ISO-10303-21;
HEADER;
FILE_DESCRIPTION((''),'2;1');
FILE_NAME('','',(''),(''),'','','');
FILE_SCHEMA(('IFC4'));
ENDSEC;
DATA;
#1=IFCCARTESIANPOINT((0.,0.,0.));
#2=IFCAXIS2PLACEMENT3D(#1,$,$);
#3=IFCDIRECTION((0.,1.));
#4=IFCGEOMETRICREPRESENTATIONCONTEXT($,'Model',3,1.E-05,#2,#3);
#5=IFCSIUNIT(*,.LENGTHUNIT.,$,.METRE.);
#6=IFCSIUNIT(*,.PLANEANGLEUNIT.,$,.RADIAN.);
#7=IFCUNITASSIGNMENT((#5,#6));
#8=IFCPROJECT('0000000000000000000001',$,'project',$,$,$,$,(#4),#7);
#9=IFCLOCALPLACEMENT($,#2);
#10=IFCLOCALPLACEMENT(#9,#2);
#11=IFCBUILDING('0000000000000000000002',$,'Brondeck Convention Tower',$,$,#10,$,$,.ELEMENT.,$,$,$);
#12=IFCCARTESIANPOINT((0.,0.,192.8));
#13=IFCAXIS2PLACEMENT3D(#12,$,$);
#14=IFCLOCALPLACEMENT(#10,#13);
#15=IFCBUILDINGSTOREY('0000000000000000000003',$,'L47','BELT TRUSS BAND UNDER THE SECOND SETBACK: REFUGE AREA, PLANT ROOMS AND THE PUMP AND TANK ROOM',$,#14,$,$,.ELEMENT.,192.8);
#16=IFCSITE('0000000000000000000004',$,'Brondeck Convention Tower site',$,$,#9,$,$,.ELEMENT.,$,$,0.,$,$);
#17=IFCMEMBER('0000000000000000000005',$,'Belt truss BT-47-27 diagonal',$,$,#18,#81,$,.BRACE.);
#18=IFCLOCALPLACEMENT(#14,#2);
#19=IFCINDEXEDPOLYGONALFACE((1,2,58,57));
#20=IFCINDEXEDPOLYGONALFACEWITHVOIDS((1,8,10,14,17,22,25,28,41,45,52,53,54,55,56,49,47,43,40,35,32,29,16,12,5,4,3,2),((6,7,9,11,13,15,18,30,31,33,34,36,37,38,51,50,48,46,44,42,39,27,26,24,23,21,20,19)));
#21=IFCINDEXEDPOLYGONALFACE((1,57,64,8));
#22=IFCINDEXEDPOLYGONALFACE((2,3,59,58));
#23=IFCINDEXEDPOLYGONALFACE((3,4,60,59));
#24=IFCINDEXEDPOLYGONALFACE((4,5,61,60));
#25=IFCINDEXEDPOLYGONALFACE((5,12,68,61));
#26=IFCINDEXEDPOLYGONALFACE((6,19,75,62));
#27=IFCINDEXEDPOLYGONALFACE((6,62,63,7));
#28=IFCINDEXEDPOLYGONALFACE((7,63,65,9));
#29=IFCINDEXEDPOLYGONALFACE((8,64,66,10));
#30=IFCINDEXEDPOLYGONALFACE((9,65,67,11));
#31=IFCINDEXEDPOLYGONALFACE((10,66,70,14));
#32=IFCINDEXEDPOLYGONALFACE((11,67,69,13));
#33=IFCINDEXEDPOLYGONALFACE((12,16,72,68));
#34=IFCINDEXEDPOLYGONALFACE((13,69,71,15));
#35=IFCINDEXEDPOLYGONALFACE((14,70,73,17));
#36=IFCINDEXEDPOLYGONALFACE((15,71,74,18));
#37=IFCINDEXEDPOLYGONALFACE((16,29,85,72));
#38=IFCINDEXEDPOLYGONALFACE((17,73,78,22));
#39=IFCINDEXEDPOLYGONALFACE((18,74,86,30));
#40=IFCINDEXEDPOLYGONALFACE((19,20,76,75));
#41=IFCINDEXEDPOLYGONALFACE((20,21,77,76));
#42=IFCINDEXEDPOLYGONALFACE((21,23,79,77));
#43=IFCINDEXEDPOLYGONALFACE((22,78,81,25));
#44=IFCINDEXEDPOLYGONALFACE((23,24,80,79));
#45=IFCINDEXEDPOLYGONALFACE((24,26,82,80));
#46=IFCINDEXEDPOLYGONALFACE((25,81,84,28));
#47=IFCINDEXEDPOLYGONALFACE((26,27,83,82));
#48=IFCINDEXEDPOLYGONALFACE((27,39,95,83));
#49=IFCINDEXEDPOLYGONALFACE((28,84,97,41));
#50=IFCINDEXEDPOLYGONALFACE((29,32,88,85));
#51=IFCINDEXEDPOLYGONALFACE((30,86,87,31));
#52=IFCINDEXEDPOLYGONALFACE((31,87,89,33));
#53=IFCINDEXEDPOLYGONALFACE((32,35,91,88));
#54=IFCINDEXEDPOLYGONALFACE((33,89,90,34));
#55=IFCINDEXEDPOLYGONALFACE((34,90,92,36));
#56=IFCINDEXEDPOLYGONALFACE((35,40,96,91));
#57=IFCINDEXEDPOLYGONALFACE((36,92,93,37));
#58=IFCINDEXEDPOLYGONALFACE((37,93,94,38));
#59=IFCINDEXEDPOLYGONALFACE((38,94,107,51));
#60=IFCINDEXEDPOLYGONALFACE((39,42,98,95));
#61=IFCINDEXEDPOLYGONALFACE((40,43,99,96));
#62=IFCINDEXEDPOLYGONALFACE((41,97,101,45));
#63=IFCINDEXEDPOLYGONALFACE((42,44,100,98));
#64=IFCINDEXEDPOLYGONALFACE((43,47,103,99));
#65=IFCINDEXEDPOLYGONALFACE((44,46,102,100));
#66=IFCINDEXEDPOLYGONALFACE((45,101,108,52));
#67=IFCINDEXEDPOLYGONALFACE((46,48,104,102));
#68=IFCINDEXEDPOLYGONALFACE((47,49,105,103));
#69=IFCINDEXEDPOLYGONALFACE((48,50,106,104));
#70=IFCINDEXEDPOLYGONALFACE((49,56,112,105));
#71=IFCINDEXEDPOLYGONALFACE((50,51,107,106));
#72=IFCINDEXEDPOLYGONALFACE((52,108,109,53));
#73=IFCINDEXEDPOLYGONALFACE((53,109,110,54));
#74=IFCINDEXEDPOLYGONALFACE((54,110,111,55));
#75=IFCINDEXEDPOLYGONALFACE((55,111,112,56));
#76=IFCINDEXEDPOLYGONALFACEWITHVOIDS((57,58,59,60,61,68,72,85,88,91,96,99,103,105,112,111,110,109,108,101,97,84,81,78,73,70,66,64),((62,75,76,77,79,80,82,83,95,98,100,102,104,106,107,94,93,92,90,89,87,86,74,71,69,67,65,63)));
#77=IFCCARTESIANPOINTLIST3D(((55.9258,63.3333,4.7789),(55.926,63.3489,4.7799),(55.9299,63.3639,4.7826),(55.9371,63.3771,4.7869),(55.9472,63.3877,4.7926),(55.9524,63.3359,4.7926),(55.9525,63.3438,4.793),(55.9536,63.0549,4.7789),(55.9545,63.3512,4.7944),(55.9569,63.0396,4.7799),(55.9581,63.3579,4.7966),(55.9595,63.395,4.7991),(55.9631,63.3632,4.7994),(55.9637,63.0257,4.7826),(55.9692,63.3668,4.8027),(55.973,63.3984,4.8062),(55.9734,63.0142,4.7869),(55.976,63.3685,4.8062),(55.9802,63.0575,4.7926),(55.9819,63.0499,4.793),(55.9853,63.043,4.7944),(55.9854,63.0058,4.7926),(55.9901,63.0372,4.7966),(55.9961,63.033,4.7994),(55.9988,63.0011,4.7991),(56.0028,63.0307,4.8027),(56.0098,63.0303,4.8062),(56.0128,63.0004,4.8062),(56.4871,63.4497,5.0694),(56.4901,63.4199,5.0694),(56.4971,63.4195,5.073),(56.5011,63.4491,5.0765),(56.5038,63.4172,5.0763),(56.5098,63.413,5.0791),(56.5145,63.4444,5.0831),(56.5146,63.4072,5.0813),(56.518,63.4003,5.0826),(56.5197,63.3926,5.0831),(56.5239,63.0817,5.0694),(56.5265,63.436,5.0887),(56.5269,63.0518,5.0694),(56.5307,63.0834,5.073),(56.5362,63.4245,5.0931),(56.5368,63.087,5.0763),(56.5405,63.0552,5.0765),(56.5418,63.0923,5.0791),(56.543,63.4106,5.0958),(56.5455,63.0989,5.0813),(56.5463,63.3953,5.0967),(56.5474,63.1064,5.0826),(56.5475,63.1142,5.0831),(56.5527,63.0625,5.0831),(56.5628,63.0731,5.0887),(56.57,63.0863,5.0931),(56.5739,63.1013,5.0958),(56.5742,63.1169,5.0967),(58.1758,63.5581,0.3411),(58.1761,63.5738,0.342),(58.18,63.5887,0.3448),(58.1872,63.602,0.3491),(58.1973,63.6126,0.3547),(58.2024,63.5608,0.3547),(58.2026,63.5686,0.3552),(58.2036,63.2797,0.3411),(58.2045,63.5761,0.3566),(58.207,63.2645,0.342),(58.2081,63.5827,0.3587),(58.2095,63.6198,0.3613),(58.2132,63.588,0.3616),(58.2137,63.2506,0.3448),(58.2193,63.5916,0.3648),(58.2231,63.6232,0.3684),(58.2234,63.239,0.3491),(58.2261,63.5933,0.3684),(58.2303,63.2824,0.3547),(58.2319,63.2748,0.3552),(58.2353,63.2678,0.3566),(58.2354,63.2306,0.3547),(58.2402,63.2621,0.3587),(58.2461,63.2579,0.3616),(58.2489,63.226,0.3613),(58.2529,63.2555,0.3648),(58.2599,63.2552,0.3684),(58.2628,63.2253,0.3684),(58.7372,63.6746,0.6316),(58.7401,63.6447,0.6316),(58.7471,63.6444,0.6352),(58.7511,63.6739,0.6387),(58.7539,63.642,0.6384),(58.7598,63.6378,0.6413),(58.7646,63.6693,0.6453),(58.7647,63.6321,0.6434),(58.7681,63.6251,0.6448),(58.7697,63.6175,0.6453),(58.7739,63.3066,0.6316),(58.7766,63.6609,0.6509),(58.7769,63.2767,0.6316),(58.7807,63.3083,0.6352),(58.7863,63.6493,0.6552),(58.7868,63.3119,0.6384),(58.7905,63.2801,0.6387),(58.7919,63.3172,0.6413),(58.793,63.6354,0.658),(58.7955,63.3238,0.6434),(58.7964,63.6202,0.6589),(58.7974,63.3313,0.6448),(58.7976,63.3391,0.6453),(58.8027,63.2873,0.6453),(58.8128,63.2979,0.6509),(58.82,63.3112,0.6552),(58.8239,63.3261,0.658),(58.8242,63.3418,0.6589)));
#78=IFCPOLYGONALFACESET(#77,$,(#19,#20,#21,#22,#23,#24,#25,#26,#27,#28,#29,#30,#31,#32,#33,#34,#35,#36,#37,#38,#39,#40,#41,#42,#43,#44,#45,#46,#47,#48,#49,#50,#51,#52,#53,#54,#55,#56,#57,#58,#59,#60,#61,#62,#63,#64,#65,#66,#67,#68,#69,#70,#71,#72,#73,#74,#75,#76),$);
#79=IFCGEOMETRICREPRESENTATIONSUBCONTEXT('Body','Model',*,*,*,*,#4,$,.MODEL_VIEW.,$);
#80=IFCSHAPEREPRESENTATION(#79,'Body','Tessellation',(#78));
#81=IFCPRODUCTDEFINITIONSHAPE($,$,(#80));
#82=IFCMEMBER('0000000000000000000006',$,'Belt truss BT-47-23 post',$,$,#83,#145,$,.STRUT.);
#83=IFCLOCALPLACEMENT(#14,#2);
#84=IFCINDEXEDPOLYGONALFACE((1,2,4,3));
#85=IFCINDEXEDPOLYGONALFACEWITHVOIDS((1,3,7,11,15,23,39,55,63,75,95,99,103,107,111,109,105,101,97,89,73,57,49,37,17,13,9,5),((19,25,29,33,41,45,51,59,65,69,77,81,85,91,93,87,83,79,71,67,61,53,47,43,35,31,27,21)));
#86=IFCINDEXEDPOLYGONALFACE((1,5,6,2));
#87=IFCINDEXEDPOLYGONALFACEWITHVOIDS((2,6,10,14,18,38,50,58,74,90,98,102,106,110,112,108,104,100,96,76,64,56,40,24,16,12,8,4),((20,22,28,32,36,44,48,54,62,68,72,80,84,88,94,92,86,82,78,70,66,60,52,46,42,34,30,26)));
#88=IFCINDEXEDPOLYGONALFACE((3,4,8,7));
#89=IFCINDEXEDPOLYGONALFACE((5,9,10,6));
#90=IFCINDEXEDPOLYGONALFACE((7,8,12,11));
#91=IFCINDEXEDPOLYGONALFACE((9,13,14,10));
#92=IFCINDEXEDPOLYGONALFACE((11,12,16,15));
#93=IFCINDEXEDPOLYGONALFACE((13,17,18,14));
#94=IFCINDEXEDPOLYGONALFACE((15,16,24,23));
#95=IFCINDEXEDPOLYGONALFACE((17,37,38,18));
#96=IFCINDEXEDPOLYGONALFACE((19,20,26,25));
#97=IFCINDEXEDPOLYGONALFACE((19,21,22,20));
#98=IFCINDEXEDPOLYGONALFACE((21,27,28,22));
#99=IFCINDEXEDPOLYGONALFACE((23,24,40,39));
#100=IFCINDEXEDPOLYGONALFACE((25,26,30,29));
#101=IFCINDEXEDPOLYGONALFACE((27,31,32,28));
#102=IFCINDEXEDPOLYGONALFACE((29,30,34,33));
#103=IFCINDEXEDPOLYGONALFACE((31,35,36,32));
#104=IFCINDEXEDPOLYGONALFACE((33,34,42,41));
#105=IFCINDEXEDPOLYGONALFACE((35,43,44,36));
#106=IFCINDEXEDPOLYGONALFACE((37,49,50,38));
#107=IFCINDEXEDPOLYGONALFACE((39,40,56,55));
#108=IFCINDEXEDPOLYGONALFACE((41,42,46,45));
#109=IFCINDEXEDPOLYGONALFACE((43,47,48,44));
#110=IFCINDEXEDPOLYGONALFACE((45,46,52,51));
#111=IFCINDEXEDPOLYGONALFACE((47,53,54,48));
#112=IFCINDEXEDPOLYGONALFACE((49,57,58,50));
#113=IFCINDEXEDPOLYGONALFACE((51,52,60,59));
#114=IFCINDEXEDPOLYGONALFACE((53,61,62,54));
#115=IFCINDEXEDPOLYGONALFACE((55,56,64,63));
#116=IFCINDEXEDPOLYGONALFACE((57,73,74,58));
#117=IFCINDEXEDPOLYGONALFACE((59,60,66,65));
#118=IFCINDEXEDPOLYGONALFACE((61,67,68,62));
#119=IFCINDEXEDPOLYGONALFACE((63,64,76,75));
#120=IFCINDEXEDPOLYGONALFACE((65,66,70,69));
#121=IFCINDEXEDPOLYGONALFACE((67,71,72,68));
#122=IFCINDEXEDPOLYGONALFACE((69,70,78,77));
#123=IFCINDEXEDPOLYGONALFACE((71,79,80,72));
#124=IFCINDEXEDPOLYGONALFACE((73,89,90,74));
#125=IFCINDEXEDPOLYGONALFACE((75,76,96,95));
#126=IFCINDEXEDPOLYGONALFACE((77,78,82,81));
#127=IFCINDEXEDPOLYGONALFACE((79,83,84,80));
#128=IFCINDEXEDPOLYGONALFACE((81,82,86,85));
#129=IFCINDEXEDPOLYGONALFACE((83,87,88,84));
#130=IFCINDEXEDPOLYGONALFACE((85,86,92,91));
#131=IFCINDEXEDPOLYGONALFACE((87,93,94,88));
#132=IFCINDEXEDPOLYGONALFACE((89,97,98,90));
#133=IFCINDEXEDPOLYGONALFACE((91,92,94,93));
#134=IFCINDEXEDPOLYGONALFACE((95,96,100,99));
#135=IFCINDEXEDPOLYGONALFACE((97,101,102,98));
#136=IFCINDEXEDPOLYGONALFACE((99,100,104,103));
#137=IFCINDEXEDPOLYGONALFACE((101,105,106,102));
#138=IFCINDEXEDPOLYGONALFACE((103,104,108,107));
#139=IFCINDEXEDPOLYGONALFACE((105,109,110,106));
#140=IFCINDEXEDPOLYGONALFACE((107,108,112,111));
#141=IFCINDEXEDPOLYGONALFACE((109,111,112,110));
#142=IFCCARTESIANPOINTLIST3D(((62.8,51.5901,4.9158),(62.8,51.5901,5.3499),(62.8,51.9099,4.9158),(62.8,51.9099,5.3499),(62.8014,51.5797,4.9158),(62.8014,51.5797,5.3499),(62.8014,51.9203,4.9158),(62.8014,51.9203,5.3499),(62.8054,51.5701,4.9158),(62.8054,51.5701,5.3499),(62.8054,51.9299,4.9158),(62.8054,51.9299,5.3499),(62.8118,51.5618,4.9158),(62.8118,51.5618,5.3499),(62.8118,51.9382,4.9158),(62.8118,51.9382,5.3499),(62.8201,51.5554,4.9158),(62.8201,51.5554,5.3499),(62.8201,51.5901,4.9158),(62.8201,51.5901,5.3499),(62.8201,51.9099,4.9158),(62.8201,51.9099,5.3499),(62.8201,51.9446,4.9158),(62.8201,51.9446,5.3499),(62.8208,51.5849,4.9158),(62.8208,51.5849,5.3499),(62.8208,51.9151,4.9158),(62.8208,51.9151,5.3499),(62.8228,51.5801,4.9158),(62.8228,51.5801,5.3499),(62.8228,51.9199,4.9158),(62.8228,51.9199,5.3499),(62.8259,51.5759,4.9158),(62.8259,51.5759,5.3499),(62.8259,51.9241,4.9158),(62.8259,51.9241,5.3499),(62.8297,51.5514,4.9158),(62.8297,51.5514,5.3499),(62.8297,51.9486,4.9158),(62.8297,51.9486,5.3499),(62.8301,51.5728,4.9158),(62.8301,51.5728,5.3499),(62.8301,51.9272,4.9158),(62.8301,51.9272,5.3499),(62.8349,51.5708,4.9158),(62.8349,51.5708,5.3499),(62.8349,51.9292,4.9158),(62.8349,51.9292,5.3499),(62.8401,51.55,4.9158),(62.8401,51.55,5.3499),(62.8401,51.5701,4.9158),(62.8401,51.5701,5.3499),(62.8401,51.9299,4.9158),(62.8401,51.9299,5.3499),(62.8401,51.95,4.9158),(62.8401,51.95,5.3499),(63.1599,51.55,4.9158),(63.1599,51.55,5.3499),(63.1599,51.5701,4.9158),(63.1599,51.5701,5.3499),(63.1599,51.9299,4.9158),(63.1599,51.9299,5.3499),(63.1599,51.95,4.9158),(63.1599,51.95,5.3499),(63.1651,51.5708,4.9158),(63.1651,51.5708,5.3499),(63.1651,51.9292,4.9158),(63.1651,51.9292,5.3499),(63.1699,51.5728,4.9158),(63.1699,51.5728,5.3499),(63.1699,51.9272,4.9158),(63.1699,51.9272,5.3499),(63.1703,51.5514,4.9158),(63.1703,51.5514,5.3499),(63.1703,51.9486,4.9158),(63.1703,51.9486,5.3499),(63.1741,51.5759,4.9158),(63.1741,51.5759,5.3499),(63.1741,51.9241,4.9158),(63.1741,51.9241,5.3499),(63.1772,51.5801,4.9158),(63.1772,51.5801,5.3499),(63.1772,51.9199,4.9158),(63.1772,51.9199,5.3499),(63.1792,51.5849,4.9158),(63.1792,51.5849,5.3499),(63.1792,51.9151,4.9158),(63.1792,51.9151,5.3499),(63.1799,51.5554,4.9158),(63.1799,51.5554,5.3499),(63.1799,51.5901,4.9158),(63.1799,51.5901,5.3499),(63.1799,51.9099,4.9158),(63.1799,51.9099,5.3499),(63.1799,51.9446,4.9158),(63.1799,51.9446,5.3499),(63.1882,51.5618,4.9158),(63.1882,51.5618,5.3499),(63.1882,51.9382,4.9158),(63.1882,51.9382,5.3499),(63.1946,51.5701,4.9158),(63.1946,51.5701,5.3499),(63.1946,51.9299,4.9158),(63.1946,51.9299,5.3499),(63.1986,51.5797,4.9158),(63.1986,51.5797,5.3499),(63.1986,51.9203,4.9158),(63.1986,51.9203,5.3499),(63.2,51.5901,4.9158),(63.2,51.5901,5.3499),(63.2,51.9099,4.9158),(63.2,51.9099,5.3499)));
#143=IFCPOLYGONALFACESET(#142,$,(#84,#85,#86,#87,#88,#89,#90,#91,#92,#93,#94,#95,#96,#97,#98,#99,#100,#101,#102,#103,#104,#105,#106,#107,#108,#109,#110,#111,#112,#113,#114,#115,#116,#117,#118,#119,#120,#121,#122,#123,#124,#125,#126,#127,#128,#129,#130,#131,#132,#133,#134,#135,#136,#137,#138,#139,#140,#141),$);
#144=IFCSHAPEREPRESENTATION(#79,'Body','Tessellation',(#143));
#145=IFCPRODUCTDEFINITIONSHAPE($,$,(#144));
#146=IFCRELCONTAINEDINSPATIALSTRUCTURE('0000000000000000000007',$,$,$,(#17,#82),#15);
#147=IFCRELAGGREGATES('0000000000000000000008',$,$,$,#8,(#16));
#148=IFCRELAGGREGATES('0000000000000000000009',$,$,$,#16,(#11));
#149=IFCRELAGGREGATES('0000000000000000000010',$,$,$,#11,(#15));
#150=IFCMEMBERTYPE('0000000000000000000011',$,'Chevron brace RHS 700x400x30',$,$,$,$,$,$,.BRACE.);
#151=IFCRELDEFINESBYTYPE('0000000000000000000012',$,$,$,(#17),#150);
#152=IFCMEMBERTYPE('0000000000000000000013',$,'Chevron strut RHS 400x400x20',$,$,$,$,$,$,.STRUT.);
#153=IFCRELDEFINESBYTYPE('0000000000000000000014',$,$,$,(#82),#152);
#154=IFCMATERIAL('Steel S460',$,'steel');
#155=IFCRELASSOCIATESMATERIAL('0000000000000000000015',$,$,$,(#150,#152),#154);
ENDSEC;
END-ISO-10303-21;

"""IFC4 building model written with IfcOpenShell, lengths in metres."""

from ifc_helpers import new_model, si_unit, direction, frame, origin, origin_2d, place, context, subcontext, project, spatial, hollow_rectangle, extrude, material, material_profile, profile_set, type_object, element, save


model = new_model("IFC4")

# Units and contexts
model_context = context("Model", 3, precision=1e-05, world=origin(), true_north=direction((0.0, 1.0)))
body_context = subcontext(model_context, "Body", "Model", "MODEL_VIEW")
ifc_project = project(units=[si_unit("LENGTHUNIT", "METRE"), si_unit("PLANEANGLEUNIT", "RADIAN")], contexts=[model_context])

# Site, building, storey
site_placement = place(None, origin())
site = spatial("IfcSite", under=ifc_project, at=site_placement, Name="Brondeck Convention Tower site", CompositionType="ELEMENT", RefElevation=0.0)
building_placement = place(site_placement, origin())
building = spatial("IfcBuilding", under=site, at=building_placement, Name="Brondeck Convention Tower", CompositionType="ELEMENT")
storey_placement = place(building_placement, frame((0.0, 0.0, 192.8)))
storey = spatial("IfcBuildingStorey", under=building, at=storey_placement, Name="L47", Description="BELT TRUSS BAND UNDER THE SECOND SETBACK: REFUGE AREA, PLANT ROOMS AND THE PUMP AND TANK ROOM", CompositionType="ELEMENT", Elevation=192.8)

# Members
ifc_material_1 = material(Name="Steel S460", Category="steel")
ifc_material_profile_1 = material_profile(ifc_material_1, hollow_rectangle(XDim=0.3999, YDim=0.7, WallThickness=0.03, InnerFilletRadius=0.03, OuterFilletRadius=0.0601, at=origin_2d()), Name="RHS 700x400x30")
ifc_profile_set_1 = profile_set([ifc_material_profile_1], Name="Steel S460")
member_type_1 = type_object("IfcMemberType", Name="Chevron brace RHS 700x400x30", PredefinedType="BRACE", material=ifc_profile_set_1)
member_1_placement = place(storey_placement, frame((58.5, 63.45, 0.5), z_axis=(-0.45175, -0.045146, 0.891001), x_axis=(0.09944, -0.995044, 0.0)))
element("IfcMember", 1, at=member_1_placement, inside=storey, type_object=member_type_1, Name="Belt truss BT-47-27 diagonal", PredefinedType="BRACE", context=body_context, shape_type="SweptSolid", body=[
    extrude(hollow_rectangle(XDim=0.3999, YDim=0.7, WallThickness=0.03, InnerFilletRadius=0.03, OuterFilletRadius=0.0601, at=origin_2d()), origin(), (0.0, 0.0, 1.0), 4.9807),
])
ifc_material_profile_2 = material_profile(ifc_material_1, hollow_rectangle(XDim=0.3999, YDim=0.3999, WallThickness=0.02, InnerFilletRadius=0.02, OuterFilletRadius=0.04, at=origin_2d()), Name="RHS 400x400x20")
ifc_profile_set_2 = profile_set([ifc_material_profile_2], Name="Steel S460")
member_type_2 = type_object("IfcMemberType", Name="Chevron strut RHS 400x400x20", PredefinedType="STRUT", material=ifc_profile_set_2)
for number, where, z_axis, x_axis, name in (
    (2, (63.0, 51.75, 4.9158), (0.0, 0.0, 1.0), (1.0, 0.0, 0.0), "Belt truss BT-47-23 post"),
):
    element("IfcMember", number, at=place(storey_placement, frame(where, z_axis=z_axis, x_axis=x_axis)), inside=storey, type_object=member_type_2, Name=name, PredefinedType="STRUT", context=body_context, shape_type="SweptSolid", body=[
        extrude(hollow_rectangle(XDim=0.3999, YDim=0.3999, WallThickness=0.02, InnerFilletRadius=0.02, OuterFilletRadius=0.04, at=origin_2d()), origin(), (0.0, 0.0, 1.0), 0.4341),
    ])

save(model, "model.ifc")
